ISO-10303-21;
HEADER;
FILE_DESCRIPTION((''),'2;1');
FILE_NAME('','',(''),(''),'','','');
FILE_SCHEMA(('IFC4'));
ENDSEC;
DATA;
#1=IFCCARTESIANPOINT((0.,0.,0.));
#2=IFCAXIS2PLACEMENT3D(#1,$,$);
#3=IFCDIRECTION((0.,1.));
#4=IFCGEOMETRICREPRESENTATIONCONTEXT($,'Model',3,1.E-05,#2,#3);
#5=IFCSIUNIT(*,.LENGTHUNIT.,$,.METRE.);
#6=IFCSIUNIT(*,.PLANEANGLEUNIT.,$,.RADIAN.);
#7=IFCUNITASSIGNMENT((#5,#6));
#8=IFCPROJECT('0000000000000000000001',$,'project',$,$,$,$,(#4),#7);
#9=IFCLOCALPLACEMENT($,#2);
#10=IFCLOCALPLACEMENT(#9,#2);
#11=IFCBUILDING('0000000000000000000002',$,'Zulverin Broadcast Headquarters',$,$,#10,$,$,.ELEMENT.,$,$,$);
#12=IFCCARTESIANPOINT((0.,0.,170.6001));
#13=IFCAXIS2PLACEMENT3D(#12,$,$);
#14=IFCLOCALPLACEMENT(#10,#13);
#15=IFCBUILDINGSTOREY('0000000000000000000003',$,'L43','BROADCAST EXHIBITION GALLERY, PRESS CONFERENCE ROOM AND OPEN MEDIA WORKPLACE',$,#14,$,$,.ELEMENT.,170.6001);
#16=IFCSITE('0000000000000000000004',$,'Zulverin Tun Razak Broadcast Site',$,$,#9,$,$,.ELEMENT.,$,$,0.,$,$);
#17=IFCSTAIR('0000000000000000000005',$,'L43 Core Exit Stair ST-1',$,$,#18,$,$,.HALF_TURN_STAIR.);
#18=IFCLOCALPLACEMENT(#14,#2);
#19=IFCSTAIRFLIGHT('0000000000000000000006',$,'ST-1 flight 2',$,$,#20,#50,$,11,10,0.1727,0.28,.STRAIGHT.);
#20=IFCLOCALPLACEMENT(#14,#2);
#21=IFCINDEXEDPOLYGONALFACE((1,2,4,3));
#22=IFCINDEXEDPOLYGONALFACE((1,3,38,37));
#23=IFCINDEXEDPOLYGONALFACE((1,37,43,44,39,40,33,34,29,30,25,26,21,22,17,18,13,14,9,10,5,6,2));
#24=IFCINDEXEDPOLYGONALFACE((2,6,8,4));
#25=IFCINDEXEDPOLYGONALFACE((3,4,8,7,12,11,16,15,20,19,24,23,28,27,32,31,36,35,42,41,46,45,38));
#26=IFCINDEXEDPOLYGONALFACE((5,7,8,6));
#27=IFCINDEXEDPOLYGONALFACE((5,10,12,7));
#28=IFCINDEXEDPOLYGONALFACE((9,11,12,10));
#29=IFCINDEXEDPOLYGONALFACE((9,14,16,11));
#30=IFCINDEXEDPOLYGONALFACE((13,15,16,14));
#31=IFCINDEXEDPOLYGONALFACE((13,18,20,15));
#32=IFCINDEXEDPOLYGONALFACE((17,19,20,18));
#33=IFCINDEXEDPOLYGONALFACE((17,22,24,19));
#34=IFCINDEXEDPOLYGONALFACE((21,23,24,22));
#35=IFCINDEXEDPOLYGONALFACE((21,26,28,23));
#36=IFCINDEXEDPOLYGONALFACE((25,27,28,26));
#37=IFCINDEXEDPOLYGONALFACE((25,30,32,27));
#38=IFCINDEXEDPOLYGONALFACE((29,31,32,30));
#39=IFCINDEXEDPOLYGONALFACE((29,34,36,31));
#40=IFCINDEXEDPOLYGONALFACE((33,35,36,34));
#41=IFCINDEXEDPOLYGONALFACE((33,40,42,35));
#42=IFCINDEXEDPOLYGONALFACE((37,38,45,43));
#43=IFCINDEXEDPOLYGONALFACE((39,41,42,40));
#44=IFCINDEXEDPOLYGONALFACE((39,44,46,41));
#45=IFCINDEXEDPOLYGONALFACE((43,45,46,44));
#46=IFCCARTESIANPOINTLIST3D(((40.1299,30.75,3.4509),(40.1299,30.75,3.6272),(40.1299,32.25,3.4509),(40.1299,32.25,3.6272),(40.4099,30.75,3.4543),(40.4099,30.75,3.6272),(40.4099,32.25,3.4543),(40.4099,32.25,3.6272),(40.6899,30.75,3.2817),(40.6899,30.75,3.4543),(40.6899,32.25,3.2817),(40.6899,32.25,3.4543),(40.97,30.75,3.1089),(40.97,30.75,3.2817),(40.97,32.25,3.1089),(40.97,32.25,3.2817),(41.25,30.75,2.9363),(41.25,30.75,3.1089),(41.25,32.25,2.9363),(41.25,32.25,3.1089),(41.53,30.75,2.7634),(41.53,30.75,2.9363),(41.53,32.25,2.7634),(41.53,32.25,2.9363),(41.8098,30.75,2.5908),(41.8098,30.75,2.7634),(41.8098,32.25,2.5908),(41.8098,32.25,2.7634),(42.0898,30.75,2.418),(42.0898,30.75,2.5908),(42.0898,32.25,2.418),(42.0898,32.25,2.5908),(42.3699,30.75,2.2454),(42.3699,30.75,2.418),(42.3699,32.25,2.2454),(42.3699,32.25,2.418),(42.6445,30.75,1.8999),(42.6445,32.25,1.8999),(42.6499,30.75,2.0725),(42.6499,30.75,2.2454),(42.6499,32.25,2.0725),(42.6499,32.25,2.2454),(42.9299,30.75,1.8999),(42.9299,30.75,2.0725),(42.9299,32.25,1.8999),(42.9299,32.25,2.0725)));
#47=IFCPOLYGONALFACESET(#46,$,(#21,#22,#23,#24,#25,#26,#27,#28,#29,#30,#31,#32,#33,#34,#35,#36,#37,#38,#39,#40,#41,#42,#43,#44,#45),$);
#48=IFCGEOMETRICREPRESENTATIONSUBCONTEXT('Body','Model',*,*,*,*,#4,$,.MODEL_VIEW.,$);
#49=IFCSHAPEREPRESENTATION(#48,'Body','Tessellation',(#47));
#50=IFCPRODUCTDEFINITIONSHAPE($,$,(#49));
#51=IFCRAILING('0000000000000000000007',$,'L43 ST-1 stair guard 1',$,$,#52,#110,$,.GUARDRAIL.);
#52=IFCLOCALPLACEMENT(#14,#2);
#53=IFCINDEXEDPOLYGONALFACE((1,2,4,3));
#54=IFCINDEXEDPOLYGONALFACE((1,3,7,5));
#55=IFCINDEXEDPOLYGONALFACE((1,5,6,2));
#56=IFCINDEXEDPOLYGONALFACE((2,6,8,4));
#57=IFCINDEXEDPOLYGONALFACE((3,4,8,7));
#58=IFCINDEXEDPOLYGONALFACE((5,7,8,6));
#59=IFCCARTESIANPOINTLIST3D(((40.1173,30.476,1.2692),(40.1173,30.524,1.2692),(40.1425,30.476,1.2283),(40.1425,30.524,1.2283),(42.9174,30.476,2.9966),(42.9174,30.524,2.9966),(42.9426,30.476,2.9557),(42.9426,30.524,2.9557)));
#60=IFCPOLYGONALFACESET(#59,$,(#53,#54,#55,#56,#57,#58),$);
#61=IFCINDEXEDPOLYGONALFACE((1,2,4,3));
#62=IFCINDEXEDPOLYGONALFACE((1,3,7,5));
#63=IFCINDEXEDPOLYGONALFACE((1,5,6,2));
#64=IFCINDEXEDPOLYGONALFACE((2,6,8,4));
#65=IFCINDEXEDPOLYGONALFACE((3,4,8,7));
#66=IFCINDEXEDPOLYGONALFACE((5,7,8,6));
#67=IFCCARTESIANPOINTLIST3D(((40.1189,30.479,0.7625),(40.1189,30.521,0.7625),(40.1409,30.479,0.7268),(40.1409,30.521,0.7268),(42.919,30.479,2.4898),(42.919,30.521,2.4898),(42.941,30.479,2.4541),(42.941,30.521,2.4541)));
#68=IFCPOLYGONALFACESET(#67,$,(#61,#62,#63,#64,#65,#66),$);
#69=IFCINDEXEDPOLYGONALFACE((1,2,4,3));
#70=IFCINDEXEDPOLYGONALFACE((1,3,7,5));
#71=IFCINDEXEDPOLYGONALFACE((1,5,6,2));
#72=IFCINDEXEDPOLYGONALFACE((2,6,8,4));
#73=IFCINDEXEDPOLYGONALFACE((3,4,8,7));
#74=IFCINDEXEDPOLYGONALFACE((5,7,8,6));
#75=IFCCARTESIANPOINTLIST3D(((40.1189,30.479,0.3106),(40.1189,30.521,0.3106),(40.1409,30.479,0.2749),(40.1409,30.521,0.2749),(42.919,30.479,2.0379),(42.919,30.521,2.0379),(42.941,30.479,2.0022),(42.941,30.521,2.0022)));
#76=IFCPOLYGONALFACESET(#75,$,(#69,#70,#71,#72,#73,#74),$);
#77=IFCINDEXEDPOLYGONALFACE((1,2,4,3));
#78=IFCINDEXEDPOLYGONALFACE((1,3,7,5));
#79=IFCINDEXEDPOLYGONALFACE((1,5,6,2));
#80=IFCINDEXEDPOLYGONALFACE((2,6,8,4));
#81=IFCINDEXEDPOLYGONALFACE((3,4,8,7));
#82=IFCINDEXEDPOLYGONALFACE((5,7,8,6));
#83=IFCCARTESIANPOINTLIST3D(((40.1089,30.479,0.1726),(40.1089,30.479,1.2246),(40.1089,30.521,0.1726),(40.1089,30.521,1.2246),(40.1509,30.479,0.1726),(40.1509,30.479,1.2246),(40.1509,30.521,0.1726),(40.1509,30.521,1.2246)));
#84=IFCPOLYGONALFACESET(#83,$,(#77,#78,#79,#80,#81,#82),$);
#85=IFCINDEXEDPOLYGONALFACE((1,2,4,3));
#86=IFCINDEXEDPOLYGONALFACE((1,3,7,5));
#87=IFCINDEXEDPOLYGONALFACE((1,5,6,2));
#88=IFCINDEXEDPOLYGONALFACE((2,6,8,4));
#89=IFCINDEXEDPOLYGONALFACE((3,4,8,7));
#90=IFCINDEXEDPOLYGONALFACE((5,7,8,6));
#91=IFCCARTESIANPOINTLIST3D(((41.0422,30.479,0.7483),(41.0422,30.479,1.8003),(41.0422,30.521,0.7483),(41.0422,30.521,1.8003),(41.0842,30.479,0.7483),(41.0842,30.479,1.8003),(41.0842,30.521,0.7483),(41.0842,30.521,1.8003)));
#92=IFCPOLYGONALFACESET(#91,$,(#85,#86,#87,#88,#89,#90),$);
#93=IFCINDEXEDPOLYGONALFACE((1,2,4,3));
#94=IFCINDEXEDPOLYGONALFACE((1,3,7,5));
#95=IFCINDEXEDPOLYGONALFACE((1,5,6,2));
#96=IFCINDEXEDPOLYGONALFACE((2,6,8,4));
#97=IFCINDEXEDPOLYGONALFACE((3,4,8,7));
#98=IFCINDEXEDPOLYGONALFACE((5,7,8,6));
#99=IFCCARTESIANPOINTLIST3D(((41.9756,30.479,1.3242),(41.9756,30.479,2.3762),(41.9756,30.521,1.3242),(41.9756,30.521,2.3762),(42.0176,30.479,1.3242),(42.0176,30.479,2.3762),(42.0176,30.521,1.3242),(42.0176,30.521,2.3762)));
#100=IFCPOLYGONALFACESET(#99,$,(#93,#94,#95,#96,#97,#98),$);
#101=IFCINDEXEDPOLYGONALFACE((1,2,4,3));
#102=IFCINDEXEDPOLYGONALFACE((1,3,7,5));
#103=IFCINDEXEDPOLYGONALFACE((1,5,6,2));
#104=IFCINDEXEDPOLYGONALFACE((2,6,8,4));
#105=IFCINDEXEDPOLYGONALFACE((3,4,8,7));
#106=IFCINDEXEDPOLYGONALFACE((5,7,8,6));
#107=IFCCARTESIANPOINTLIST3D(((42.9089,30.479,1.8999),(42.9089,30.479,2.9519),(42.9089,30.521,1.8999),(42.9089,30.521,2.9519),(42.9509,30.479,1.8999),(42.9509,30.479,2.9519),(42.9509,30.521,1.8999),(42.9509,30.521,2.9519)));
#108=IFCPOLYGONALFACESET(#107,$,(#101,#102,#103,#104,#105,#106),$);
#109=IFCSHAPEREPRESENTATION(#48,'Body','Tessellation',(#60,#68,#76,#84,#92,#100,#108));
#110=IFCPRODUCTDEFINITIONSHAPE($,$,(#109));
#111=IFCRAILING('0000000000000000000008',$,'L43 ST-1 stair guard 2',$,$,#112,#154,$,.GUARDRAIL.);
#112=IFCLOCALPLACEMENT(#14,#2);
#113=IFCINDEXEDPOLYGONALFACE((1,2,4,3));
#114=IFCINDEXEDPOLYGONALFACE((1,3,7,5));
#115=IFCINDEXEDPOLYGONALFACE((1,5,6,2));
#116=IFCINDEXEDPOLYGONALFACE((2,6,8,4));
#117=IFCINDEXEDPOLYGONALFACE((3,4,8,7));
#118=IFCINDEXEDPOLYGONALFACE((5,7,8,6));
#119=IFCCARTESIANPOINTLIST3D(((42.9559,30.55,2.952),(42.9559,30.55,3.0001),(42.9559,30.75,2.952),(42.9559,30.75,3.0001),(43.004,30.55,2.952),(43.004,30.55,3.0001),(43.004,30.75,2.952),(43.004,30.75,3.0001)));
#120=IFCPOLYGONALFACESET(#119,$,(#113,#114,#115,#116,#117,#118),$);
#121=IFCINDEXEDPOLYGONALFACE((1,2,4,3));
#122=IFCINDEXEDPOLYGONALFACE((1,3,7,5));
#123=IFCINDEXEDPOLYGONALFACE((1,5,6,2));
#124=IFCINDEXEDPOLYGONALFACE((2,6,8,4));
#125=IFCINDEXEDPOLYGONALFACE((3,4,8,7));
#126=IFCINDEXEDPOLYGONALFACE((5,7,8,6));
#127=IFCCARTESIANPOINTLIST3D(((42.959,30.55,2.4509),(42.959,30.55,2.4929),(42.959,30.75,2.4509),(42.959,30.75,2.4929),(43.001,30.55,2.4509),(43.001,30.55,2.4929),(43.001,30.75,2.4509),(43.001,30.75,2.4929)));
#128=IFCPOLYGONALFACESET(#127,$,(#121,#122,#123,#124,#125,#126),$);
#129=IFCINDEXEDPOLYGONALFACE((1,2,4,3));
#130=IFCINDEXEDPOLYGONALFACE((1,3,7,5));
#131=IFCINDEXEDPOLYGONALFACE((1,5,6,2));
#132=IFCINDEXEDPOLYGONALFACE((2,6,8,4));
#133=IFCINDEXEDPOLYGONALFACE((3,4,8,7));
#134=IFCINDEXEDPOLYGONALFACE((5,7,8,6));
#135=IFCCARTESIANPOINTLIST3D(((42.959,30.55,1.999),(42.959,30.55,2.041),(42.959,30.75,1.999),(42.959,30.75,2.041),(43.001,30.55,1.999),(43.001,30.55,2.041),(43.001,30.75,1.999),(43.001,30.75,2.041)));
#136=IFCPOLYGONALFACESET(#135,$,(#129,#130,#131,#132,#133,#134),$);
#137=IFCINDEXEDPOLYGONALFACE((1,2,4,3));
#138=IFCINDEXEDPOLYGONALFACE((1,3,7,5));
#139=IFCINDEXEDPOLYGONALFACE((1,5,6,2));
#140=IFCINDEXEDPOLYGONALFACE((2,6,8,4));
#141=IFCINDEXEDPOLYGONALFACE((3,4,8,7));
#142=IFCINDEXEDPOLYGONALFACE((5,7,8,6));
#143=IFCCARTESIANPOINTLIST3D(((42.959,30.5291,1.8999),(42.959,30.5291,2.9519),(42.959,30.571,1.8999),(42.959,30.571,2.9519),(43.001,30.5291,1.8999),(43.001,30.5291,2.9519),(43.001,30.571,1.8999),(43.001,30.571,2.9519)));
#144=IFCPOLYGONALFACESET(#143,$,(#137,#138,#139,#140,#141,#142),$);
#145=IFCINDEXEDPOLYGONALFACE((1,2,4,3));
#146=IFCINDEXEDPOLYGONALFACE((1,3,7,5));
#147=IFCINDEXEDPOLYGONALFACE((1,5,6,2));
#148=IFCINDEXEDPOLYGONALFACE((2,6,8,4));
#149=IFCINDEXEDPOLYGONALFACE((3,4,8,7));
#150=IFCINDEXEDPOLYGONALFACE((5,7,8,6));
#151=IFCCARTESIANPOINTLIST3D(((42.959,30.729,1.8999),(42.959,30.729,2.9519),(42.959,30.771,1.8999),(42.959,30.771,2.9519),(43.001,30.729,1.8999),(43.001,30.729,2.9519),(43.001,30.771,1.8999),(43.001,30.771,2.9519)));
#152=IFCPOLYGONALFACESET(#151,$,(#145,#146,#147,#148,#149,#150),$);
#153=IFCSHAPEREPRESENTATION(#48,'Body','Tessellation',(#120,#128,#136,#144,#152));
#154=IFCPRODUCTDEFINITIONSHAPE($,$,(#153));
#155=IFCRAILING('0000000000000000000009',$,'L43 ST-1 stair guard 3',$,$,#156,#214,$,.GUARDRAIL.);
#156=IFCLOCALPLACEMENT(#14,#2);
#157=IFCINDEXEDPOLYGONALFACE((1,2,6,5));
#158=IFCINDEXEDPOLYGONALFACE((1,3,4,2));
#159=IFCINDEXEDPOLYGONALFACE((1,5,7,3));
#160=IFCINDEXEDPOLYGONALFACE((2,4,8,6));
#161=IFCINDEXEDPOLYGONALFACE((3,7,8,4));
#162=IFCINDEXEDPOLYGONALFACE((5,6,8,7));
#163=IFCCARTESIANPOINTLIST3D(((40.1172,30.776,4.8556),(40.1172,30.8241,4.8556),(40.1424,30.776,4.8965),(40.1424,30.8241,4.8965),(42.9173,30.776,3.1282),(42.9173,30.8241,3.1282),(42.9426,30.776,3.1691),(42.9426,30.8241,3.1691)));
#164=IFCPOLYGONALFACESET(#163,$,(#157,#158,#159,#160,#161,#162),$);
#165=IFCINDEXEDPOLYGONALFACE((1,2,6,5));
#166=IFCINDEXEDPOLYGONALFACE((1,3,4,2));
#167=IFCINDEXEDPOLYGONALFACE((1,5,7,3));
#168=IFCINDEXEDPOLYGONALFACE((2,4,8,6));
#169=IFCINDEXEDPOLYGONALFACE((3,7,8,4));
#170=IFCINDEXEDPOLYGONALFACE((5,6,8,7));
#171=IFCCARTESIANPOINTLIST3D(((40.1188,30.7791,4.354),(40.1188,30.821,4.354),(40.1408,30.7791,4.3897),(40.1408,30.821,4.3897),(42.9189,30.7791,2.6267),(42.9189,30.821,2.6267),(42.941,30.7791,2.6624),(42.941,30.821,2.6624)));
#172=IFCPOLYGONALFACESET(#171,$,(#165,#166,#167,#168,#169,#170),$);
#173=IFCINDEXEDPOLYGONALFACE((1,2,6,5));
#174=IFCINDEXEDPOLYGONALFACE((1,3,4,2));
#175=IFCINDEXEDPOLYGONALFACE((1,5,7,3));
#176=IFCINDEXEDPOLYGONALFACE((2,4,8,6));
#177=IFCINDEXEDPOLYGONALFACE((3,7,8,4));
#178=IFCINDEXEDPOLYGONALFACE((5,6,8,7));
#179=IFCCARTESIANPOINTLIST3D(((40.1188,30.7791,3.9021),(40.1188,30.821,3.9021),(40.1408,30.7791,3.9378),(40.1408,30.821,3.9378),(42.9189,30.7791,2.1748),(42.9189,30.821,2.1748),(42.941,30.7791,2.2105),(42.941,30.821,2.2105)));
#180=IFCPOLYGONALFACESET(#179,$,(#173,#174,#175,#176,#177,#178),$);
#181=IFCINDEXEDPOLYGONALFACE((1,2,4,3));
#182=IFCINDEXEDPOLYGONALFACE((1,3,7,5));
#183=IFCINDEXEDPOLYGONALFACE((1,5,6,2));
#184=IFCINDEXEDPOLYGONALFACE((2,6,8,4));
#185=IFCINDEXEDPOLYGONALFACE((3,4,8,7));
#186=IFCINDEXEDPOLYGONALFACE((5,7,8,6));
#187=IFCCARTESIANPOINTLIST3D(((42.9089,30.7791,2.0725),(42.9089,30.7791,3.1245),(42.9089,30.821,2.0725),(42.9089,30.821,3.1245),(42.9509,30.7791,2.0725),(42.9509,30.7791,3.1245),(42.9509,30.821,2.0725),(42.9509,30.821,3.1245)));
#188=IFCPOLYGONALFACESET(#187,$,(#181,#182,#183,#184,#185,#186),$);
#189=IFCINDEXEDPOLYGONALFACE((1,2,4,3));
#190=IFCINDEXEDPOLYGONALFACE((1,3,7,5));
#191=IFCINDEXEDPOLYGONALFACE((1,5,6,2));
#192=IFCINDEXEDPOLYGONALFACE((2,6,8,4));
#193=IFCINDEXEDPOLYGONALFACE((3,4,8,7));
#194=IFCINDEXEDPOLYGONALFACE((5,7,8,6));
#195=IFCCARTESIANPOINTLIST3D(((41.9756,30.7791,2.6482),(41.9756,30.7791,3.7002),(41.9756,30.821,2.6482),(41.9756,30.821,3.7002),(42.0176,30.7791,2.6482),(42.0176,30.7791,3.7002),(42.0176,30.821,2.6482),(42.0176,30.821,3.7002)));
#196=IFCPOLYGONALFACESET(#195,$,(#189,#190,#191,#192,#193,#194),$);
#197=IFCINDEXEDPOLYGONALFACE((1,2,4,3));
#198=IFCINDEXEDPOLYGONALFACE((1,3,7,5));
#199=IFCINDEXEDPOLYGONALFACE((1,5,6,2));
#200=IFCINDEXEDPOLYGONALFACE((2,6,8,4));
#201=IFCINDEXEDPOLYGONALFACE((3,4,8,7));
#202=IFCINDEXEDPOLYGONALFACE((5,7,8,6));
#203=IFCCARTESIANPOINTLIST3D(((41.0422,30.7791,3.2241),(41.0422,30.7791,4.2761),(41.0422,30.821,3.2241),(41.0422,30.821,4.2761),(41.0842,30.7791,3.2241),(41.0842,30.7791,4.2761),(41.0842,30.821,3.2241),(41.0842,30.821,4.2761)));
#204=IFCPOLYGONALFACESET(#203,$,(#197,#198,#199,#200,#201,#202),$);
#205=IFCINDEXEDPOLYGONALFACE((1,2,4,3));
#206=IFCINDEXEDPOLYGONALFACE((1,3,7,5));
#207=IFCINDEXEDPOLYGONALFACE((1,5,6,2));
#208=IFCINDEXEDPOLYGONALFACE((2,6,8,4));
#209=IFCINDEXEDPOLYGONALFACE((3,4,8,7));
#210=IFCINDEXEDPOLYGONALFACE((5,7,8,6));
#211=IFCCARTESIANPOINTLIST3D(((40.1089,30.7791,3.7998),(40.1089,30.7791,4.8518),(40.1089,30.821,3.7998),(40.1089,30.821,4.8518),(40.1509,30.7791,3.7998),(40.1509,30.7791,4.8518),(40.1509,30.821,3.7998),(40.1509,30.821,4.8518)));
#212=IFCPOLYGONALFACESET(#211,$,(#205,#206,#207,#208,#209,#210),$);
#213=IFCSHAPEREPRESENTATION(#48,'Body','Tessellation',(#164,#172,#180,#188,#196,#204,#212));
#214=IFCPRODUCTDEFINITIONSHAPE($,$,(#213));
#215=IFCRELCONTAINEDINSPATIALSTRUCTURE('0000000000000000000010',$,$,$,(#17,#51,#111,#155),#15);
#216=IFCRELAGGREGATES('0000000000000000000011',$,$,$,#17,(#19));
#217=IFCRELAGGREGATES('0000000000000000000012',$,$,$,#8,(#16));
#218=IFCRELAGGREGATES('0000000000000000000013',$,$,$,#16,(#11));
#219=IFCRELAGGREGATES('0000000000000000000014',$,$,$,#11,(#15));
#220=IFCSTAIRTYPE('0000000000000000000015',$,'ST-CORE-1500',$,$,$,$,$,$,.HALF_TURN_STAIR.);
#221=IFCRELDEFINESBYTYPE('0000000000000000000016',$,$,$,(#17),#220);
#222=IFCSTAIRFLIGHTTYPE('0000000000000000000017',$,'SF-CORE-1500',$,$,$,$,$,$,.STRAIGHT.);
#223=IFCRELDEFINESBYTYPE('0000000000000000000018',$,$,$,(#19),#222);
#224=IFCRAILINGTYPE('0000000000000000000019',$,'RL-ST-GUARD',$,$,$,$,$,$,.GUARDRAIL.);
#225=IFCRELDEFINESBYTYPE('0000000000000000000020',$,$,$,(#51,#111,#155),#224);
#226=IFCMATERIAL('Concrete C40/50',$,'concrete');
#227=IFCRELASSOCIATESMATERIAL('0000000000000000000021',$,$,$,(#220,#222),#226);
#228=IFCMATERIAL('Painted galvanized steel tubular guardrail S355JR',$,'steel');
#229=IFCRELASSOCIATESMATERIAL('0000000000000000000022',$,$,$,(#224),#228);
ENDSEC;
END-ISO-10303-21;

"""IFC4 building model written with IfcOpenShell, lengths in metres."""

from ifc_helpers import new_model, si_unit, direction, frame, origin, origin_2d, place, context, subcontext, project, spatial, polyline, rectangle, outline, extrude, material, type_object, element, aggregate, save


model = new_model("IFC4")

# Units and contexts
model_context = context("Model", 3, precision=1e-05, world=origin(), true_north=direction((0.0, 1.0)))
body_context = subcontext(model_context, "Body", "Model", "MODEL_VIEW")
ifc_project = project(units=[si_unit("LENGTHUNIT", "METRE"), si_unit("PLANEANGLEUNIT", "RADIAN")], contexts=[model_context])

# Site, building, storey
site_placement = place(None, origin())
site = spatial("IfcSite", under=ifc_project, at=site_placement, Name="Zulverin Tun Razak Broadcast Site", CompositionType="ELEMENT", RefElevation=0.0)
building_placement = place(site_placement, origin())
building = spatial("IfcBuilding", under=site, at=building_placement, Name="Zulverin Broadcast Headquarters", CompositionType="ELEMENT")
storey_placement = place(building_placement, frame((0.0, 0.0, 170.6001)))
storey = spatial("IfcBuildingStorey", under=building, at=storey_placement, Name="L43", Description="BROADCAST EXHIBITION GALLERY, PRESS CONFERENCE ROOM AND OPEN MEDIA WORKPLACE", CompositionType="ELEMENT", Elevation=170.6001)

# Shared definitions
ifc_material_1 = material(Name="Concrete C40/50", Category="concrete")

# Stair, stair flight
stair_type = type_object("IfcStairType", Name="ST-CORE-1500", PredefinedType="HALF_TURN_STAIR", material=ifc_material_1)
stair_placement = place(storey_placement, origin())
stair = element("IfcStair", 1, at=stair_placement, inside=storey, type_object=stair_type, Name="L43 Core Exit Stair ST-1", PredefinedType="HALF_TURN_STAIR")
stair_flight_type = type_object("IfcStairFlightType", Name="SF-CORE-1500", PredefinedType="STRAIGHT", material=ifc_material_1)
stair_flight_1_placement = place(storey_placement, frame((42.9299, 31.5, 1.8999), z_axis=(0.0, 0.0, 1.0), x_axis=(-1.0, 0.0, 0.0)))
stair_flight_1 = element("IfcStairFlight", 2, at=stair_flight_1_placement, type_object=stair_flight_type, Name="ST-1 flight 2", NumberOfRisers=11, NumberOfTreads=10, PredefinedType="STRAIGHT", RiserHeight=0.1727, TreadLength=0.28, context=body_context, shape_type="SweptSolid", body=[
    extrude(outline(polyline([(0.0, 0.0), (0.0, 0.1726), (0.28, 0.1726), (0.28, 0.3455), (0.5601, 0.3455), (0.5601, 0.5181), (0.8401, 0.5181), (0.8401, 0.6909), (1.1201, 0.6909), (1.1201, 0.8635), (1.3999, 0.8635), (1.3999, 1.0364), (1.6799, 1.0364), (1.6799, 1.209), (1.96, 1.209), (1.96, 1.3818), (2.24, 1.3818), (2.24, 1.5544), (2.52, 1.5544), (2.52, 1.7273), (2.8, 1.7273), (2.8, 1.8999), (2.8, 1.551), (0.2854, 0.0), (0.0, 0.0)])), frame((0.0, 0.75, 0.0), z_axis=(0.0, -1.0, 0.0), x_axis=(1.0, 0.0, 0.0)), (0.0, 0.0, 1.0), 1.5),
])
aggregate(stair, [stair_flight_1])

# Railings
ifc_material_2 = material(Name="Painted galvanized steel tubular guardrail S355JR", Category="steel")
railing_type_1 = type_object("IfcRailingType", Name="RL-ST-GUARD", PredefinedType="GUARDRAIL", material=ifc_material_2)
railing_1_placement = place(storey_placement, frame((40.1299, 30.5, 0.1726)))
element("IfcRailing", 3, at=railing_1_placement, inside=storey, type_object=railing_type_1, Name="L43 ST-1 stair guard 1", PredefinedType="GUARDRAIL", context=body_context, shape_type="SweptSolid", body=[
    extrude(rectangle(XDim=0.0481, YDim=0.0481, at=origin_2d()), frame((0.0, 0.0, 1.0762), z_axis=(0.85109, 0.0, 0.52502), x_axis=(0.0, 1.0, 0.0)), (0.0, 0.0, 1.0), 3.29),
    extrude(rectangle(XDim=0.042, YDim=0.042, at=origin_2d()), frame((0.0, 0.0, 0.572), z_axis=(0.85109, 0.0, 0.52502), x_axis=(0.0, 1.0, 0.0)), (0.0, 0.0, 1.0), 3.29),
    extrude(rectangle(XDim=0.042, YDim=0.042, at=origin_2d()), frame((0.0, 0.0, 0.1201), z_axis=(0.85109, 0.0, 0.52502), x_axis=(0.0, 1.0, 0.0)), (0.0, 0.0, 1.0), 3.29),
    extrude(rectangle(XDim=0.042, YDim=0.042, at=origin_2d()), origin(), (0.0, 0.0, 1.0), 1.052),
    extrude(rectangle(XDim=0.042, YDim=0.042, at=origin_2d()), frame((0.9333, 0.0, 0.5757)), (0.0, 0.0, 1.0), 1.052),
    extrude(rectangle(XDim=0.042, YDim=0.042, at=origin_2d()), frame((1.8667, 0.0, 1.1516)), (0.0, 0.0, 1.0), 1.052),
    extrude(rectangle(XDim=0.042, YDim=0.042, at=origin_2d()), frame((2.8, 0.0, 1.7273)), (0.0, 0.0, 1.0), 1.052),
])
railing_2_placement = place(storey_placement, frame((42.98, 30.55, 1.8999)))
element("IfcRailing", 4, at=railing_2_placement, inside=storey, type_object=railing_type_1, Name="L43 ST-1 stair guard 2", PredefinedType="GUARDRAIL", context=body_context, shape_type="SweptSolid", body=[
    extrude(rectangle(XDim=0.0481, YDim=0.0481, at=origin_2d()), frame((0.0, 0.0, 1.0762), z_axis=(0.0, 1.0, 0.0), x_axis=(-1.0, 0.0, 0.0)), (0.0, 0.0, 1.0), 0.2),
    extrude(rectangle(XDim=0.042, YDim=0.042, at=origin_2d()), frame((0.0, 0.0, 0.572), z_axis=(0.0, 1.0, 0.0), x_axis=(-1.0, 0.0, 0.0)), (0.0, 0.0, 1.0), 0.2),
    extrude(rectangle(XDim=0.042, YDim=0.042, at=origin_2d()), frame((0.0, 0.0, 0.1201), z_axis=(0.0, 1.0, 0.0), x_axis=(-1.0, 0.0, 0.0)), (0.0, 0.0, 1.0), 0.2),
    extrude(rectangle(XDim=0.042, YDim=0.042, at=origin_2d()), origin(), (0.0, 0.0, 1.0), 1.052),
    extrude(rectangle(XDim=0.042, YDim=0.042, at=origin_2d()), frame((0.0, 0.2, 0.0)), (0.0, 0.0, 1.0), 1.052),
])
railing_3_placement = place(storey_placement, frame((42.9299, 30.8, 2.0725)))
element("IfcRailing", 5, at=railing_3_placement, inside=storey, type_object=railing_type_1, Name="L43 ST-1 stair guard 3", PredefinedType="GUARDRAIL", context=body_context, shape_type="SweptSolid", body=[
    extrude(rectangle(XDim=0.0481, YDim=0.0481, at=origin_2d()), frame((0.0, 0.0, 1.0762), z_axis=(-0.85109, 0.0, 0.52502), x_axis=(0.0, -1.0, 0.0)), (0.0, 0.0, 1.0), 3.29),
    extrude(rectangle(XDim=0.042, YDim=0.042, at=origin_2d()), frame((0.0, 0.0, 0.572), z_axis=(-0.85109, 0.0, 0.52502), x_axis=(0.0, -1.0, 0.0)), (0.0, 0.0, 1.0), 3.29),
    extrude(rectangle(XDim=0.042, YDim=0.042, at=origin_2d()), frame((0.0, 0.0, 0.1201), z_axis=(-0.85109, 0.0, 0.52502), x_axis=(0.0, -1.0, 0.0)), (0.0, 0.0, 1.0), 3.29),
    extrude(rectangle(XDim=0.042, YDim=0.042, at=origin_2d()), origin(), (0.0, 0.0, 1.0), 1.052),
    extrude(rectangle(XDim=0.042, YDim=0.042, at=origin_2d()), frame((-0.9333, 0.0, 0.5757)), (0.0, 0.0, 1.0), 1.052),
    extrude(rectangle(XDim=0.042, YDim=0.042, at=origin_2d()), frame((-1.8667, 0.0, 1.1516)), (0.0, 0.0, 1.0), 1.052),
    extrude(rectangle(XDim=0.042, YDim=0.042, at=origin_2d()), frame((-2.8, 0.0, 1.7273)), (0.0, 0.0, 1.0), 1.052),
])

save(model, "model.ifc")
